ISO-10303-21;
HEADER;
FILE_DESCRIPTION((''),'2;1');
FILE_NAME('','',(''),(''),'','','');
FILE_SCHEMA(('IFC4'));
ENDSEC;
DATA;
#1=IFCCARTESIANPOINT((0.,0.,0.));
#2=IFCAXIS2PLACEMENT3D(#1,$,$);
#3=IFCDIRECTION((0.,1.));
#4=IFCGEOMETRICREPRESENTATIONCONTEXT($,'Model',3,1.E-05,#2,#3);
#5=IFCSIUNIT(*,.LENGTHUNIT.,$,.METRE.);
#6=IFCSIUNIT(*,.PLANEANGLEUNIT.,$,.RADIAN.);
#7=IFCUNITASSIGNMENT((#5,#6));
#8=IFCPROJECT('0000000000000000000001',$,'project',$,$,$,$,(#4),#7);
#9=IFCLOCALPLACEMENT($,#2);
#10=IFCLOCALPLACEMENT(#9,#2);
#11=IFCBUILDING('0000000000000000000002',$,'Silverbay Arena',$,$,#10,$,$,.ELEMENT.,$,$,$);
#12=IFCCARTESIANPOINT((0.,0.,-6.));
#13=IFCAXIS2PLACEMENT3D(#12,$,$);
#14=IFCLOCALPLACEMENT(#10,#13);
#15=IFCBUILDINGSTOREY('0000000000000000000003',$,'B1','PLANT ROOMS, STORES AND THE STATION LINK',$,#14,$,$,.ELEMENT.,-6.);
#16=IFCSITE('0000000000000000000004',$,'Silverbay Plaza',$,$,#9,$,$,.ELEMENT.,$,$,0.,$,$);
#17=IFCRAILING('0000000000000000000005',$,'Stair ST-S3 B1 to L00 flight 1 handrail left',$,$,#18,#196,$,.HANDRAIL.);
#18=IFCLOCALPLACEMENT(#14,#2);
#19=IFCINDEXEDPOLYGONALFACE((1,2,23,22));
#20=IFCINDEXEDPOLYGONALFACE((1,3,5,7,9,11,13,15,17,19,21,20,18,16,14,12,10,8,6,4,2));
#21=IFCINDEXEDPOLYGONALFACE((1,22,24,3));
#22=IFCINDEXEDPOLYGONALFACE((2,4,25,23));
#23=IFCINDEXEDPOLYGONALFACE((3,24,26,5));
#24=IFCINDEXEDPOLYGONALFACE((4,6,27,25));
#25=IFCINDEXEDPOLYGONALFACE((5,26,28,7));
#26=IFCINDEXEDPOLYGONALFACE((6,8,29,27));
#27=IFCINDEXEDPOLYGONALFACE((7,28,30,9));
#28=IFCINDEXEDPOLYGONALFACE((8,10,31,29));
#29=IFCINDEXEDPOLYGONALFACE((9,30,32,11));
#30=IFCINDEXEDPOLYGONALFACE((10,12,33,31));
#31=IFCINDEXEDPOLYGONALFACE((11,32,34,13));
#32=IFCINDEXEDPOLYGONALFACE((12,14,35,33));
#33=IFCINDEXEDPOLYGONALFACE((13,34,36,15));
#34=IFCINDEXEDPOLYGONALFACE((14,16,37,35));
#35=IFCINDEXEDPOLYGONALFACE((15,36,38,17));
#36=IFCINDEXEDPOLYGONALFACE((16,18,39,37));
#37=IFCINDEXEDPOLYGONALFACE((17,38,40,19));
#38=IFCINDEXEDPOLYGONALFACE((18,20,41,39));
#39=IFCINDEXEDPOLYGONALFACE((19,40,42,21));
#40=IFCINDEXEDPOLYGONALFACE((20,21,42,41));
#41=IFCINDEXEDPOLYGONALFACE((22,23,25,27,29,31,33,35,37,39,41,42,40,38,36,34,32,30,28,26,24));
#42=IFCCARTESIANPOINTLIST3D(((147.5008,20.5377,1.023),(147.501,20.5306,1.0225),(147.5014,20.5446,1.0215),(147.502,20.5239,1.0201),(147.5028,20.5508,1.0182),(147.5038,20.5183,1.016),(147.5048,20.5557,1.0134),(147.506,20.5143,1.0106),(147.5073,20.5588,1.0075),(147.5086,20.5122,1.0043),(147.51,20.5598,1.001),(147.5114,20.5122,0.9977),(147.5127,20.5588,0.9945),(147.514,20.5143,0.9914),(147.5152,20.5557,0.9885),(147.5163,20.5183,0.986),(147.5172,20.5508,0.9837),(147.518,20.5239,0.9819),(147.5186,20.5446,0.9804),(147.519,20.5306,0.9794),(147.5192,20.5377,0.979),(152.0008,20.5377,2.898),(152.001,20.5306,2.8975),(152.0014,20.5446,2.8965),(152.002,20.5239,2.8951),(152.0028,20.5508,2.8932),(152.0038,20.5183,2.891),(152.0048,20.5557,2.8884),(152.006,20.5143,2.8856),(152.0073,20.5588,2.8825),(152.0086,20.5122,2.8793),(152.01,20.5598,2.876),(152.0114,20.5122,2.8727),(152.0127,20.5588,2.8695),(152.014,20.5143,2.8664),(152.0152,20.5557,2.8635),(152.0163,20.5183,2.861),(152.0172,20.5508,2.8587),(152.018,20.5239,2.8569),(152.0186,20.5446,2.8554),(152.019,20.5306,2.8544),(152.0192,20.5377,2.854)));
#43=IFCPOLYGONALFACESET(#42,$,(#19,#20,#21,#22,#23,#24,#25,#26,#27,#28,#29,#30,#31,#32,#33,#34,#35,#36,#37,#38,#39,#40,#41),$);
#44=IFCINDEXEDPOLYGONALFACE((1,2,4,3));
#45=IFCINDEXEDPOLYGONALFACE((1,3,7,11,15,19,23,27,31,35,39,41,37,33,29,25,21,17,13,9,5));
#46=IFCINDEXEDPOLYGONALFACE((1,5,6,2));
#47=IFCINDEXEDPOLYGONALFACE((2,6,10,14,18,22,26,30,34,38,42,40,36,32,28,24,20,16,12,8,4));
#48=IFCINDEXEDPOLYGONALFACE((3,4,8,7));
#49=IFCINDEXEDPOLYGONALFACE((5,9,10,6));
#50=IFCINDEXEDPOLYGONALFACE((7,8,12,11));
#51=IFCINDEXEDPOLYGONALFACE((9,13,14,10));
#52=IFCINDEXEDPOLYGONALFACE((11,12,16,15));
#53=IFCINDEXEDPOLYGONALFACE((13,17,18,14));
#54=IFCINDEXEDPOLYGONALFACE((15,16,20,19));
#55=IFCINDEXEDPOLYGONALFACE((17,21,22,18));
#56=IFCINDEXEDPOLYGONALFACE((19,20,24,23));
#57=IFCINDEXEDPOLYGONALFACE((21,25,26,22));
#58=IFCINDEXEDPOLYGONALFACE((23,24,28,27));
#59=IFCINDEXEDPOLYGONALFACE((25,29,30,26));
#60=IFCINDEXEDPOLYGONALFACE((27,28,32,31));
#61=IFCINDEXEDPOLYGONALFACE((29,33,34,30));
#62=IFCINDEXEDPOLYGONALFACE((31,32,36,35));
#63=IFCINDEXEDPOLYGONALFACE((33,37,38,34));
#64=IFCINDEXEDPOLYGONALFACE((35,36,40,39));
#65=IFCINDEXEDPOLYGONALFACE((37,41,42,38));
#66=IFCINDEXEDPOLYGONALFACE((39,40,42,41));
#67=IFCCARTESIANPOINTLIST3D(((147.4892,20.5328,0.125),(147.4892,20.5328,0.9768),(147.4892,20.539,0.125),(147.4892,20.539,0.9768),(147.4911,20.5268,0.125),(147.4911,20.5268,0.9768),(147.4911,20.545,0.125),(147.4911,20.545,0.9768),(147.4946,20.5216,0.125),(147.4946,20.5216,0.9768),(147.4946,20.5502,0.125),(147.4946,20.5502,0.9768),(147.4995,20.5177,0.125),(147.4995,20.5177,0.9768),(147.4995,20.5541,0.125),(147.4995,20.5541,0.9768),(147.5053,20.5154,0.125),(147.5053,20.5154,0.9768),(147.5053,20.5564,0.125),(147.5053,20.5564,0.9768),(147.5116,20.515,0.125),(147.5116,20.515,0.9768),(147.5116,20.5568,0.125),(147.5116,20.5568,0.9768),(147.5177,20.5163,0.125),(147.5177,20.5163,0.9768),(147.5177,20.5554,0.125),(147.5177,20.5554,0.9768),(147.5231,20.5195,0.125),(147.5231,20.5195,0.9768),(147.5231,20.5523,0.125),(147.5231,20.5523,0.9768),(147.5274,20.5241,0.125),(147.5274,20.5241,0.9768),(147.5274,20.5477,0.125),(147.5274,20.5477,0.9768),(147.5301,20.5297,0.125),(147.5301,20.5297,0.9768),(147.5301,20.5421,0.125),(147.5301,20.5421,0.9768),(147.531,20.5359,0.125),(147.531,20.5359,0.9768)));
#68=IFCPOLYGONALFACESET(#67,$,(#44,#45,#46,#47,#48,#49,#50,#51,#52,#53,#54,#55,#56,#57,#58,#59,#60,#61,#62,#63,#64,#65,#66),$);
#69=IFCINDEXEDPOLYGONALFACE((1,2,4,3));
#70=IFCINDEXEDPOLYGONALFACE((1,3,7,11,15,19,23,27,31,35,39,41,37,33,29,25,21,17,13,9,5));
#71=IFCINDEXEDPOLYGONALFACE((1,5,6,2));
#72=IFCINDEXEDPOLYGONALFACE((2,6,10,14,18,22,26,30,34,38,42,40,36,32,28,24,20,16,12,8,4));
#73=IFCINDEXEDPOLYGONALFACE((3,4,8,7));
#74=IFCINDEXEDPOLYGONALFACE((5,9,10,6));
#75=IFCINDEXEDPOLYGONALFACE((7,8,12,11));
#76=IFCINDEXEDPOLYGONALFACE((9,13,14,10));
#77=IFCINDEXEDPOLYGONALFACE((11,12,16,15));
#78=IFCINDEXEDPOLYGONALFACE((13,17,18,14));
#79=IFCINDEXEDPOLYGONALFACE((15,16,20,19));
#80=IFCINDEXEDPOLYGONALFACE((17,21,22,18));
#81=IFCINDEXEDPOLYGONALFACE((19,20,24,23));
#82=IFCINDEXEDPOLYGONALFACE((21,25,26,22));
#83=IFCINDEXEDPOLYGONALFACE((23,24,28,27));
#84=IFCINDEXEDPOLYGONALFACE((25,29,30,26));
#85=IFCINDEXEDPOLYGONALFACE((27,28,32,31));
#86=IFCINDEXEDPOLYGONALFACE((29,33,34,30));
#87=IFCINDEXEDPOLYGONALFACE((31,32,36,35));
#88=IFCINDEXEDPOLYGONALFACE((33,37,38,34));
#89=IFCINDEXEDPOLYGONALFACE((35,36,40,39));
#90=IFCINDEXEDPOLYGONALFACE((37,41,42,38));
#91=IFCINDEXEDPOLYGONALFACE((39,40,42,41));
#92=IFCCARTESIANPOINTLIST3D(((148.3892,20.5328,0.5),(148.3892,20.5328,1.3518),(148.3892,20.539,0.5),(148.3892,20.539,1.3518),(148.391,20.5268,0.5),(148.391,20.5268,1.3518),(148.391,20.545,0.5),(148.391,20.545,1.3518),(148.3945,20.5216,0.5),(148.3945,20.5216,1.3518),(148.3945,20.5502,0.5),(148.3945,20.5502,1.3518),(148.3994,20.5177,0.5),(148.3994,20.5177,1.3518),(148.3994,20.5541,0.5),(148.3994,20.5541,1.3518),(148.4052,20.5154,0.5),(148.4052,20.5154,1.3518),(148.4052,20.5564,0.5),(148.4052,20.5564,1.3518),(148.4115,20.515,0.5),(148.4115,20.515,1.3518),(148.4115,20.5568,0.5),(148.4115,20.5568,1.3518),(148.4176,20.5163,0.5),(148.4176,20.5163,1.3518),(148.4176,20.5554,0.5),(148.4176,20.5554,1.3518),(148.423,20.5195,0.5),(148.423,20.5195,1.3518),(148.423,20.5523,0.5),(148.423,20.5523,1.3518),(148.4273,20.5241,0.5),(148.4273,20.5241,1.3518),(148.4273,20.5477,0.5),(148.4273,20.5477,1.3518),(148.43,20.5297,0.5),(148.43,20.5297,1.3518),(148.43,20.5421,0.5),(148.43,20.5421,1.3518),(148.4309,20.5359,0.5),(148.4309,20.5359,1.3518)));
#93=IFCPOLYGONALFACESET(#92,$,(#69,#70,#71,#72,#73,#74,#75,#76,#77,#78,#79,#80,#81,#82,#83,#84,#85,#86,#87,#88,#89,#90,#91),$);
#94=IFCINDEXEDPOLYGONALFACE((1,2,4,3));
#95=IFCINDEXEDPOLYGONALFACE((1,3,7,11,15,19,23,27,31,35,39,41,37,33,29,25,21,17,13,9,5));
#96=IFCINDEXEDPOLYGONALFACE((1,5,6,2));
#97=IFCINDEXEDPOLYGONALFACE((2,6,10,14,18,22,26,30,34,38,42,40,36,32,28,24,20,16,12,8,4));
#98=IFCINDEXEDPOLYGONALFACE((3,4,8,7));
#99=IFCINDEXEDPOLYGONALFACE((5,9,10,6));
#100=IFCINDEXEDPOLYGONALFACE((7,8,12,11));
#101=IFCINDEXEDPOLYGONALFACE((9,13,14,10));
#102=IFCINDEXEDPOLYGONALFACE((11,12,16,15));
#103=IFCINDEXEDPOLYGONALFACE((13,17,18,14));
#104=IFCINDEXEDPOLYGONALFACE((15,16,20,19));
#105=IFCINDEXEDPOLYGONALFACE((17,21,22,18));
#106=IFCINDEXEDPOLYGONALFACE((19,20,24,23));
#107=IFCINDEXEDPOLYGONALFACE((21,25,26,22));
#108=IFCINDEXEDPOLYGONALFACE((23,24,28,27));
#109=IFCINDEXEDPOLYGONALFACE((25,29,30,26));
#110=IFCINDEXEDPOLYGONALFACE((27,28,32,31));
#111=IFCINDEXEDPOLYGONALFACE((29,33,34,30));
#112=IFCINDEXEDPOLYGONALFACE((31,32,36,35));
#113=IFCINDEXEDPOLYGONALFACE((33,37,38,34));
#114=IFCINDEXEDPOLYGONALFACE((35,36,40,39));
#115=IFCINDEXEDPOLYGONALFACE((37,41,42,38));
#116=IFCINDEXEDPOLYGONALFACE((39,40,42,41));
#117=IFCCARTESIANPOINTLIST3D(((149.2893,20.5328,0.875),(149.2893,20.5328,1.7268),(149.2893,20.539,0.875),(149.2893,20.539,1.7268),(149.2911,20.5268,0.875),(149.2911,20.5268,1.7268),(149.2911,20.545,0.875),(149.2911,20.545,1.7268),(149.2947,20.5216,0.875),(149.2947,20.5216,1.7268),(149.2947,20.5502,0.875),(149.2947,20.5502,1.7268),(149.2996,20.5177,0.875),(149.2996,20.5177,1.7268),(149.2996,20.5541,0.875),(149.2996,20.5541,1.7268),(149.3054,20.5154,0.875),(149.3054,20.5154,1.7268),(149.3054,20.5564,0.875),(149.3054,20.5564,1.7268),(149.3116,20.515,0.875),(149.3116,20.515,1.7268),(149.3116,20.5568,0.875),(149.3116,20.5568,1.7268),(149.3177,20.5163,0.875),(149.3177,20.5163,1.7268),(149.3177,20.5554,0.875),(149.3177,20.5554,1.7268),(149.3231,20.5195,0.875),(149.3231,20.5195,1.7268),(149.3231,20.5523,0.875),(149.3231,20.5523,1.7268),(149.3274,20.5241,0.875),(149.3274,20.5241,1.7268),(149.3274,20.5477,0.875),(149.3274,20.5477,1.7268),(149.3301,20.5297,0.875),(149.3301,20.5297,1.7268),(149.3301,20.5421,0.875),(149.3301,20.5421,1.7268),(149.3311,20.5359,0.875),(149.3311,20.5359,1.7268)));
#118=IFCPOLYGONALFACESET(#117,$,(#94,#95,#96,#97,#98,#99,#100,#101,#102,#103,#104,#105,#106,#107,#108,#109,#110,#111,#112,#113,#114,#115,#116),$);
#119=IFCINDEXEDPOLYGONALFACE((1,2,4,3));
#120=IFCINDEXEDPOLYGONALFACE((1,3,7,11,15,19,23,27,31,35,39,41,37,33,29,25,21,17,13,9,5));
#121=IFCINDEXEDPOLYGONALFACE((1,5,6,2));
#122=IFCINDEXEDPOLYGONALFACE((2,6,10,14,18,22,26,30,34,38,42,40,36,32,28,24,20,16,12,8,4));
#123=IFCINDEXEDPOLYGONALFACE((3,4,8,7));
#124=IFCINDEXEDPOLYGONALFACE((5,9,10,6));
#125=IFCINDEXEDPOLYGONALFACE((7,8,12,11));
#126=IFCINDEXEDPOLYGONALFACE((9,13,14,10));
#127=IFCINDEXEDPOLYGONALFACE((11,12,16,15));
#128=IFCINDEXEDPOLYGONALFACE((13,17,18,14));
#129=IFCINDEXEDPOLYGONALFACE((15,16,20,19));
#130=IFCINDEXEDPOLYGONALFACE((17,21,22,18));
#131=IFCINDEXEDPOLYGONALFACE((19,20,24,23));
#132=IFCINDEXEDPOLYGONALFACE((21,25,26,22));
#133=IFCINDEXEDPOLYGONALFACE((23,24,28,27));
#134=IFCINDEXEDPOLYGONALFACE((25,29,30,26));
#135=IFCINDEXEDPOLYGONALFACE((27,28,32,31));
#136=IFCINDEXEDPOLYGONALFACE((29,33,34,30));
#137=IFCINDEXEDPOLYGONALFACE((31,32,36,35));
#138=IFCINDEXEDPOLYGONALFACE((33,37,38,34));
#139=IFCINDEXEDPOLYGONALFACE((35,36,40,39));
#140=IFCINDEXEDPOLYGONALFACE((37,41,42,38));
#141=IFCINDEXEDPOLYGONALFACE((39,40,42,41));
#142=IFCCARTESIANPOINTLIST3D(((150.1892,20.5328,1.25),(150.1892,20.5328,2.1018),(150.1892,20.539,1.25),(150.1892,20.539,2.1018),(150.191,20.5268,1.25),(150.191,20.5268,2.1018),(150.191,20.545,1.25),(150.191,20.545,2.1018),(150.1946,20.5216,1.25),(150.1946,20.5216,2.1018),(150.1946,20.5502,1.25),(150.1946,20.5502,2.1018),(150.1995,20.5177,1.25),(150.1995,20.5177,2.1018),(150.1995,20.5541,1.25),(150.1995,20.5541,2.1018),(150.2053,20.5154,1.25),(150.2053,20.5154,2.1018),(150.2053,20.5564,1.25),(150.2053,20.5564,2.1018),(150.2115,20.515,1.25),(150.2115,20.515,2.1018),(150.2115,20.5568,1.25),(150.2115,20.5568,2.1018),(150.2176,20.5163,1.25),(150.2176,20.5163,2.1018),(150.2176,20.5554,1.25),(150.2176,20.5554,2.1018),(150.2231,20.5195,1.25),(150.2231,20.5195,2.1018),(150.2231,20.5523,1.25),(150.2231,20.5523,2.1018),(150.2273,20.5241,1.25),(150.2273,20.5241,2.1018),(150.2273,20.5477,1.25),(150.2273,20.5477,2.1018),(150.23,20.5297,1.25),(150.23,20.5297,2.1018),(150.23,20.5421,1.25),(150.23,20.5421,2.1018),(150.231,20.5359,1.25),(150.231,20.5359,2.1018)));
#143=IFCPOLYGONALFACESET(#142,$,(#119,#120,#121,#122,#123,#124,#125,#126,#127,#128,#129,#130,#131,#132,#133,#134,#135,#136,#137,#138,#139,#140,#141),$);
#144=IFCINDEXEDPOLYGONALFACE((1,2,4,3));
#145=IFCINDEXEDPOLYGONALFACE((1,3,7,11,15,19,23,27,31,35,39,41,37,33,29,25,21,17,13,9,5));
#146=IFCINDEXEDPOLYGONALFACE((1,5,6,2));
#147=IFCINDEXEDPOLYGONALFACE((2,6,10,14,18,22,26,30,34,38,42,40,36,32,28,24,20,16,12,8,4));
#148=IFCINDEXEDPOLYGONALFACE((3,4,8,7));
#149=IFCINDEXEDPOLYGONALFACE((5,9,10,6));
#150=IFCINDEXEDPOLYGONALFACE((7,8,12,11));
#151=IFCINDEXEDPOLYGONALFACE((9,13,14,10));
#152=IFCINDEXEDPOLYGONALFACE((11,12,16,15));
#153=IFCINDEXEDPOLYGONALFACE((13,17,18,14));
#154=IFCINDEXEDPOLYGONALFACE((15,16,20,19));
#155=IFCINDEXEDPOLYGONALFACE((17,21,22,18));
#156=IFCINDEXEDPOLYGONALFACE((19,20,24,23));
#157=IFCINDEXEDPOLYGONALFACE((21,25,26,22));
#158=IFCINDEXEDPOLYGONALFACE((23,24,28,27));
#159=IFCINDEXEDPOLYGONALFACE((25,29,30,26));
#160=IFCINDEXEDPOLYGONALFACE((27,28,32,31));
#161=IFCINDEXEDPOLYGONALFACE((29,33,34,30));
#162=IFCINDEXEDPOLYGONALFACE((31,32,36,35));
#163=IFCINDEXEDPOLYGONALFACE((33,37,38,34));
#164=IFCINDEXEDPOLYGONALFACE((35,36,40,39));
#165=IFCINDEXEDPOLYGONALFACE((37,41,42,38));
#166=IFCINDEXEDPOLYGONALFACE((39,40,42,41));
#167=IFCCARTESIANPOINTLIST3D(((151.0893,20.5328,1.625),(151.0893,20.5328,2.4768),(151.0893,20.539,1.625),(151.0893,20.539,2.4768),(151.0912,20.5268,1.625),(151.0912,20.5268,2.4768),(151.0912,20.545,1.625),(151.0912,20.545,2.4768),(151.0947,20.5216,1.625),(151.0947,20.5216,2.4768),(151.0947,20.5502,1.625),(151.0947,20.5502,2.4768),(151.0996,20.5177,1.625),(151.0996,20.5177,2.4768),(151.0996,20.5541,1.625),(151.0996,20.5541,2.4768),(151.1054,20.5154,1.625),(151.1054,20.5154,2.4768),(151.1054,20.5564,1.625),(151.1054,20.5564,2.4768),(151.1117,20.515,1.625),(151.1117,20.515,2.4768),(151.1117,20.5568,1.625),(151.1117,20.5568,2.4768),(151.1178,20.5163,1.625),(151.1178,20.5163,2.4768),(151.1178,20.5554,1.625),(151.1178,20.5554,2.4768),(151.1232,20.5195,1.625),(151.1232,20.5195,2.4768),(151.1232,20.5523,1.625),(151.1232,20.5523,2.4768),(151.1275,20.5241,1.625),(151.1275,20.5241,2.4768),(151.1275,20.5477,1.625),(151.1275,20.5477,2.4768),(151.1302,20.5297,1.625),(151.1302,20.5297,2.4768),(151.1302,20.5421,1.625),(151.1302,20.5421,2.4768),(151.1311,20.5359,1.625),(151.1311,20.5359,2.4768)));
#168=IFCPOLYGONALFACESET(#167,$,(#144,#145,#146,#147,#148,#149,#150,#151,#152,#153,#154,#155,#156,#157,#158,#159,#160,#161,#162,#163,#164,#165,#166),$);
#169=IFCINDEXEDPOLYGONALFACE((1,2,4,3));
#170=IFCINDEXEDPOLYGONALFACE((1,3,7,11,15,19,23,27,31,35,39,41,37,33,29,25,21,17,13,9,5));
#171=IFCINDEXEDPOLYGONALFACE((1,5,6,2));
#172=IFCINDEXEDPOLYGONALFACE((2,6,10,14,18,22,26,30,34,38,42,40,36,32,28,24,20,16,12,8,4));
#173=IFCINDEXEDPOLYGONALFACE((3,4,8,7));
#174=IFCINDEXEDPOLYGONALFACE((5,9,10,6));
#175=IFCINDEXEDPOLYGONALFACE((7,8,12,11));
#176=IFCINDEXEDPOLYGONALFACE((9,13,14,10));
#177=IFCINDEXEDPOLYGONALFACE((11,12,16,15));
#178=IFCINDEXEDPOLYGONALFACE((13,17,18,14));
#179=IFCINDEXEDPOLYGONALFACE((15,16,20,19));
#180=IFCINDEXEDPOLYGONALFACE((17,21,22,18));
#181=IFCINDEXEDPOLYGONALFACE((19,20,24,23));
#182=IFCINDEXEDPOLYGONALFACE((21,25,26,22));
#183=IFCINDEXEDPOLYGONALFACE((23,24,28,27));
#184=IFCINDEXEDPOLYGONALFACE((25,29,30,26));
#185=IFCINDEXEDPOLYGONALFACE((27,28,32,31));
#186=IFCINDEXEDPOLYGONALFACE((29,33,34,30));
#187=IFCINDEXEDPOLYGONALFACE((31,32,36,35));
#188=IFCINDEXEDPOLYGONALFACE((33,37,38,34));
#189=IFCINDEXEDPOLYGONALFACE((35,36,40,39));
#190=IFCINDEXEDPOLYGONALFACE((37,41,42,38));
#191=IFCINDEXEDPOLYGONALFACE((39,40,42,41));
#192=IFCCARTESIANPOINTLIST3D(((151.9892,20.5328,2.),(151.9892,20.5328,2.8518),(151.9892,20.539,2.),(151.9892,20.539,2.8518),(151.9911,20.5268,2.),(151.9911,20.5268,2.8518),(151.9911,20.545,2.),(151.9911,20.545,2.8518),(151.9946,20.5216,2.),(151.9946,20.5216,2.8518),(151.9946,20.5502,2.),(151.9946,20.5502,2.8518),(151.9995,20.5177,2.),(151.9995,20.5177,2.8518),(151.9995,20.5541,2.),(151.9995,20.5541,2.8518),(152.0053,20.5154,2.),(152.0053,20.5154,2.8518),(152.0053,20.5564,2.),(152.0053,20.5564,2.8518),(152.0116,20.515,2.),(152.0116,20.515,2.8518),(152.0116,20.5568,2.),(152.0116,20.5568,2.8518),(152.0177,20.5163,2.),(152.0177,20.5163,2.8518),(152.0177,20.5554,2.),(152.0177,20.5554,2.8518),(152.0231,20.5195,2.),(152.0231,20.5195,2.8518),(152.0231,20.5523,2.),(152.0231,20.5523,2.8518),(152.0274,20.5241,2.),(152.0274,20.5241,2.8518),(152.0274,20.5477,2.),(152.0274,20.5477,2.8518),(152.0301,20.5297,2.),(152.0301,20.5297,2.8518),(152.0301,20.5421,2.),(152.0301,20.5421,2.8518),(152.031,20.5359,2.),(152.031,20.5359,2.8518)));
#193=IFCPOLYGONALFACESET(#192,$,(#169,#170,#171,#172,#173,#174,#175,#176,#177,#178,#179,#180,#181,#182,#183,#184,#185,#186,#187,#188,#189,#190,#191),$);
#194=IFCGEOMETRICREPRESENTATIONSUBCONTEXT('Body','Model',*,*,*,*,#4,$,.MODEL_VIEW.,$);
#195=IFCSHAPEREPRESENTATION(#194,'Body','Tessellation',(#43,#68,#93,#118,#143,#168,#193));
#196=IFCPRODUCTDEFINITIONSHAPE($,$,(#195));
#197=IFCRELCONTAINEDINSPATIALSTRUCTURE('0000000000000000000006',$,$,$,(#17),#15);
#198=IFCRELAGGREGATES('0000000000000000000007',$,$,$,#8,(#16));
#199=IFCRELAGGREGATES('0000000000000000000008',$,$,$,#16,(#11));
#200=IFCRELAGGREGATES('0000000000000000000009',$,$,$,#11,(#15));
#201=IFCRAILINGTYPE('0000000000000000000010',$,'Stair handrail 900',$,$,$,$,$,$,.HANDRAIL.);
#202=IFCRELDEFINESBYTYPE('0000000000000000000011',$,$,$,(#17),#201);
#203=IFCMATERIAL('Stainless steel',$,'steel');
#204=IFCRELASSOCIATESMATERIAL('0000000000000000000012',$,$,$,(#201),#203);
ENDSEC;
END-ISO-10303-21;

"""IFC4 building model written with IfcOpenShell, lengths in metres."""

from ifc_helpers import new_model, si_unit, direction, frame, origin, origin_2d, place, context, subcontext, project, spatial, circle, extrude, material, type_object, element, save


model = new_model("IFC4")

# Units and contexts
model_context = context("Model", 3, precision=1e-05, world=origin(), true_north=direction((0.0, 1.0)))
body_context = subcontext(model_context, "Body", "Model", "MODEL_VIEW")
ifc_project = project(units=[si_unit("LENGTHUNIT", "METRE"), si_unit("PLANEANGLEUNIT", "RADIAN")], contexts=[model_context])

# Site, building, storey
site_placement = place(None, origin())
site = spatial("IfcSite", under=ifc_project, at=site_placement, Name="Silverbay Plaza", CompositionType="ELEMENT", RefElevation=0.0)
building_placement = place(site_placement, origin())
building = spatial("IfcBuilding", under=site, at=building_placement, Name="Silverbay Arena", CompositionType="ELEMENT")
storey_placement = place(building_placement, frame((0.0, 0.0, -6.0)))
storey = spatial("IfcBuildingStorey", under=building, at=storey_placement, Name="B1", Description="PLANT ROOMS, STORES AND THE STATION LINK", CompositionType="ELEMENT", Elevation=-6.0)

# Railing
ifc_material_1 = material(Name="Stainless steel", Category="steel")
railing_type_1 = type_object("IfcRailingType", Name="Stair handrail 900", PredefinedType="HANDRAIL", material=ifc_material_1)
for number, where, name in (
    (1, (147.51, 20.5359, 0.125), "Stair ST-S3 B1 to L00 flight 1 handrail left"),
):
    element("IfcRailing", number, at=place(storey_placement, frame(where)), inside=storey, type_object=railing_type_1, Name=name, PredefinedType="HANDRAIL", context=body_context, shape_type="SweptSolid", body=[
        extrude(circle(Radius=0.0239, at=origin_2d()), frame((0.0, 0.0, 0.876), z_axis=(0.923077, 0.0, 0.384615), x_axis=(0.0, 1.0, 0.0)), (0.0, 0.0, 1.0), 4.875),
        extrude(circle(Radius=0.021, at=origin_2d()), origin(), (0.0, 0.0, 1.0), 0.8518),
        extrude(circle(Radius=0.021, at=origin_2d()), frame((0.8999, 0.0, 0.375)), (0.0, 0.0, 1.0), 0.8518),
        extrude(circle(Radius=0.021, at=origin_2d()), frame((1.8, 0.0, 0.75)), (0.0, 0.0, 1.0), 0.8518),
        extrude(circle(Radius=0.021, at=origin_2d()), frame((2.7, 0.0, 1.125)), (0.0, 0.0, 1.0), 0.8518),
        extrude(circle(Radius=0.021, at=origin_2d()), frame((3.6001, 0.0, 1.5)), (0.0, 0.0, 1.0), 0.8518),
        extrude(circle(Radius=0.021, at=origin_2d()), frame((4.5, 0.0, 1.875)), (0.0, 0.0, 1.0), 0.8518),
    ])

save(model, "model.ifc")
